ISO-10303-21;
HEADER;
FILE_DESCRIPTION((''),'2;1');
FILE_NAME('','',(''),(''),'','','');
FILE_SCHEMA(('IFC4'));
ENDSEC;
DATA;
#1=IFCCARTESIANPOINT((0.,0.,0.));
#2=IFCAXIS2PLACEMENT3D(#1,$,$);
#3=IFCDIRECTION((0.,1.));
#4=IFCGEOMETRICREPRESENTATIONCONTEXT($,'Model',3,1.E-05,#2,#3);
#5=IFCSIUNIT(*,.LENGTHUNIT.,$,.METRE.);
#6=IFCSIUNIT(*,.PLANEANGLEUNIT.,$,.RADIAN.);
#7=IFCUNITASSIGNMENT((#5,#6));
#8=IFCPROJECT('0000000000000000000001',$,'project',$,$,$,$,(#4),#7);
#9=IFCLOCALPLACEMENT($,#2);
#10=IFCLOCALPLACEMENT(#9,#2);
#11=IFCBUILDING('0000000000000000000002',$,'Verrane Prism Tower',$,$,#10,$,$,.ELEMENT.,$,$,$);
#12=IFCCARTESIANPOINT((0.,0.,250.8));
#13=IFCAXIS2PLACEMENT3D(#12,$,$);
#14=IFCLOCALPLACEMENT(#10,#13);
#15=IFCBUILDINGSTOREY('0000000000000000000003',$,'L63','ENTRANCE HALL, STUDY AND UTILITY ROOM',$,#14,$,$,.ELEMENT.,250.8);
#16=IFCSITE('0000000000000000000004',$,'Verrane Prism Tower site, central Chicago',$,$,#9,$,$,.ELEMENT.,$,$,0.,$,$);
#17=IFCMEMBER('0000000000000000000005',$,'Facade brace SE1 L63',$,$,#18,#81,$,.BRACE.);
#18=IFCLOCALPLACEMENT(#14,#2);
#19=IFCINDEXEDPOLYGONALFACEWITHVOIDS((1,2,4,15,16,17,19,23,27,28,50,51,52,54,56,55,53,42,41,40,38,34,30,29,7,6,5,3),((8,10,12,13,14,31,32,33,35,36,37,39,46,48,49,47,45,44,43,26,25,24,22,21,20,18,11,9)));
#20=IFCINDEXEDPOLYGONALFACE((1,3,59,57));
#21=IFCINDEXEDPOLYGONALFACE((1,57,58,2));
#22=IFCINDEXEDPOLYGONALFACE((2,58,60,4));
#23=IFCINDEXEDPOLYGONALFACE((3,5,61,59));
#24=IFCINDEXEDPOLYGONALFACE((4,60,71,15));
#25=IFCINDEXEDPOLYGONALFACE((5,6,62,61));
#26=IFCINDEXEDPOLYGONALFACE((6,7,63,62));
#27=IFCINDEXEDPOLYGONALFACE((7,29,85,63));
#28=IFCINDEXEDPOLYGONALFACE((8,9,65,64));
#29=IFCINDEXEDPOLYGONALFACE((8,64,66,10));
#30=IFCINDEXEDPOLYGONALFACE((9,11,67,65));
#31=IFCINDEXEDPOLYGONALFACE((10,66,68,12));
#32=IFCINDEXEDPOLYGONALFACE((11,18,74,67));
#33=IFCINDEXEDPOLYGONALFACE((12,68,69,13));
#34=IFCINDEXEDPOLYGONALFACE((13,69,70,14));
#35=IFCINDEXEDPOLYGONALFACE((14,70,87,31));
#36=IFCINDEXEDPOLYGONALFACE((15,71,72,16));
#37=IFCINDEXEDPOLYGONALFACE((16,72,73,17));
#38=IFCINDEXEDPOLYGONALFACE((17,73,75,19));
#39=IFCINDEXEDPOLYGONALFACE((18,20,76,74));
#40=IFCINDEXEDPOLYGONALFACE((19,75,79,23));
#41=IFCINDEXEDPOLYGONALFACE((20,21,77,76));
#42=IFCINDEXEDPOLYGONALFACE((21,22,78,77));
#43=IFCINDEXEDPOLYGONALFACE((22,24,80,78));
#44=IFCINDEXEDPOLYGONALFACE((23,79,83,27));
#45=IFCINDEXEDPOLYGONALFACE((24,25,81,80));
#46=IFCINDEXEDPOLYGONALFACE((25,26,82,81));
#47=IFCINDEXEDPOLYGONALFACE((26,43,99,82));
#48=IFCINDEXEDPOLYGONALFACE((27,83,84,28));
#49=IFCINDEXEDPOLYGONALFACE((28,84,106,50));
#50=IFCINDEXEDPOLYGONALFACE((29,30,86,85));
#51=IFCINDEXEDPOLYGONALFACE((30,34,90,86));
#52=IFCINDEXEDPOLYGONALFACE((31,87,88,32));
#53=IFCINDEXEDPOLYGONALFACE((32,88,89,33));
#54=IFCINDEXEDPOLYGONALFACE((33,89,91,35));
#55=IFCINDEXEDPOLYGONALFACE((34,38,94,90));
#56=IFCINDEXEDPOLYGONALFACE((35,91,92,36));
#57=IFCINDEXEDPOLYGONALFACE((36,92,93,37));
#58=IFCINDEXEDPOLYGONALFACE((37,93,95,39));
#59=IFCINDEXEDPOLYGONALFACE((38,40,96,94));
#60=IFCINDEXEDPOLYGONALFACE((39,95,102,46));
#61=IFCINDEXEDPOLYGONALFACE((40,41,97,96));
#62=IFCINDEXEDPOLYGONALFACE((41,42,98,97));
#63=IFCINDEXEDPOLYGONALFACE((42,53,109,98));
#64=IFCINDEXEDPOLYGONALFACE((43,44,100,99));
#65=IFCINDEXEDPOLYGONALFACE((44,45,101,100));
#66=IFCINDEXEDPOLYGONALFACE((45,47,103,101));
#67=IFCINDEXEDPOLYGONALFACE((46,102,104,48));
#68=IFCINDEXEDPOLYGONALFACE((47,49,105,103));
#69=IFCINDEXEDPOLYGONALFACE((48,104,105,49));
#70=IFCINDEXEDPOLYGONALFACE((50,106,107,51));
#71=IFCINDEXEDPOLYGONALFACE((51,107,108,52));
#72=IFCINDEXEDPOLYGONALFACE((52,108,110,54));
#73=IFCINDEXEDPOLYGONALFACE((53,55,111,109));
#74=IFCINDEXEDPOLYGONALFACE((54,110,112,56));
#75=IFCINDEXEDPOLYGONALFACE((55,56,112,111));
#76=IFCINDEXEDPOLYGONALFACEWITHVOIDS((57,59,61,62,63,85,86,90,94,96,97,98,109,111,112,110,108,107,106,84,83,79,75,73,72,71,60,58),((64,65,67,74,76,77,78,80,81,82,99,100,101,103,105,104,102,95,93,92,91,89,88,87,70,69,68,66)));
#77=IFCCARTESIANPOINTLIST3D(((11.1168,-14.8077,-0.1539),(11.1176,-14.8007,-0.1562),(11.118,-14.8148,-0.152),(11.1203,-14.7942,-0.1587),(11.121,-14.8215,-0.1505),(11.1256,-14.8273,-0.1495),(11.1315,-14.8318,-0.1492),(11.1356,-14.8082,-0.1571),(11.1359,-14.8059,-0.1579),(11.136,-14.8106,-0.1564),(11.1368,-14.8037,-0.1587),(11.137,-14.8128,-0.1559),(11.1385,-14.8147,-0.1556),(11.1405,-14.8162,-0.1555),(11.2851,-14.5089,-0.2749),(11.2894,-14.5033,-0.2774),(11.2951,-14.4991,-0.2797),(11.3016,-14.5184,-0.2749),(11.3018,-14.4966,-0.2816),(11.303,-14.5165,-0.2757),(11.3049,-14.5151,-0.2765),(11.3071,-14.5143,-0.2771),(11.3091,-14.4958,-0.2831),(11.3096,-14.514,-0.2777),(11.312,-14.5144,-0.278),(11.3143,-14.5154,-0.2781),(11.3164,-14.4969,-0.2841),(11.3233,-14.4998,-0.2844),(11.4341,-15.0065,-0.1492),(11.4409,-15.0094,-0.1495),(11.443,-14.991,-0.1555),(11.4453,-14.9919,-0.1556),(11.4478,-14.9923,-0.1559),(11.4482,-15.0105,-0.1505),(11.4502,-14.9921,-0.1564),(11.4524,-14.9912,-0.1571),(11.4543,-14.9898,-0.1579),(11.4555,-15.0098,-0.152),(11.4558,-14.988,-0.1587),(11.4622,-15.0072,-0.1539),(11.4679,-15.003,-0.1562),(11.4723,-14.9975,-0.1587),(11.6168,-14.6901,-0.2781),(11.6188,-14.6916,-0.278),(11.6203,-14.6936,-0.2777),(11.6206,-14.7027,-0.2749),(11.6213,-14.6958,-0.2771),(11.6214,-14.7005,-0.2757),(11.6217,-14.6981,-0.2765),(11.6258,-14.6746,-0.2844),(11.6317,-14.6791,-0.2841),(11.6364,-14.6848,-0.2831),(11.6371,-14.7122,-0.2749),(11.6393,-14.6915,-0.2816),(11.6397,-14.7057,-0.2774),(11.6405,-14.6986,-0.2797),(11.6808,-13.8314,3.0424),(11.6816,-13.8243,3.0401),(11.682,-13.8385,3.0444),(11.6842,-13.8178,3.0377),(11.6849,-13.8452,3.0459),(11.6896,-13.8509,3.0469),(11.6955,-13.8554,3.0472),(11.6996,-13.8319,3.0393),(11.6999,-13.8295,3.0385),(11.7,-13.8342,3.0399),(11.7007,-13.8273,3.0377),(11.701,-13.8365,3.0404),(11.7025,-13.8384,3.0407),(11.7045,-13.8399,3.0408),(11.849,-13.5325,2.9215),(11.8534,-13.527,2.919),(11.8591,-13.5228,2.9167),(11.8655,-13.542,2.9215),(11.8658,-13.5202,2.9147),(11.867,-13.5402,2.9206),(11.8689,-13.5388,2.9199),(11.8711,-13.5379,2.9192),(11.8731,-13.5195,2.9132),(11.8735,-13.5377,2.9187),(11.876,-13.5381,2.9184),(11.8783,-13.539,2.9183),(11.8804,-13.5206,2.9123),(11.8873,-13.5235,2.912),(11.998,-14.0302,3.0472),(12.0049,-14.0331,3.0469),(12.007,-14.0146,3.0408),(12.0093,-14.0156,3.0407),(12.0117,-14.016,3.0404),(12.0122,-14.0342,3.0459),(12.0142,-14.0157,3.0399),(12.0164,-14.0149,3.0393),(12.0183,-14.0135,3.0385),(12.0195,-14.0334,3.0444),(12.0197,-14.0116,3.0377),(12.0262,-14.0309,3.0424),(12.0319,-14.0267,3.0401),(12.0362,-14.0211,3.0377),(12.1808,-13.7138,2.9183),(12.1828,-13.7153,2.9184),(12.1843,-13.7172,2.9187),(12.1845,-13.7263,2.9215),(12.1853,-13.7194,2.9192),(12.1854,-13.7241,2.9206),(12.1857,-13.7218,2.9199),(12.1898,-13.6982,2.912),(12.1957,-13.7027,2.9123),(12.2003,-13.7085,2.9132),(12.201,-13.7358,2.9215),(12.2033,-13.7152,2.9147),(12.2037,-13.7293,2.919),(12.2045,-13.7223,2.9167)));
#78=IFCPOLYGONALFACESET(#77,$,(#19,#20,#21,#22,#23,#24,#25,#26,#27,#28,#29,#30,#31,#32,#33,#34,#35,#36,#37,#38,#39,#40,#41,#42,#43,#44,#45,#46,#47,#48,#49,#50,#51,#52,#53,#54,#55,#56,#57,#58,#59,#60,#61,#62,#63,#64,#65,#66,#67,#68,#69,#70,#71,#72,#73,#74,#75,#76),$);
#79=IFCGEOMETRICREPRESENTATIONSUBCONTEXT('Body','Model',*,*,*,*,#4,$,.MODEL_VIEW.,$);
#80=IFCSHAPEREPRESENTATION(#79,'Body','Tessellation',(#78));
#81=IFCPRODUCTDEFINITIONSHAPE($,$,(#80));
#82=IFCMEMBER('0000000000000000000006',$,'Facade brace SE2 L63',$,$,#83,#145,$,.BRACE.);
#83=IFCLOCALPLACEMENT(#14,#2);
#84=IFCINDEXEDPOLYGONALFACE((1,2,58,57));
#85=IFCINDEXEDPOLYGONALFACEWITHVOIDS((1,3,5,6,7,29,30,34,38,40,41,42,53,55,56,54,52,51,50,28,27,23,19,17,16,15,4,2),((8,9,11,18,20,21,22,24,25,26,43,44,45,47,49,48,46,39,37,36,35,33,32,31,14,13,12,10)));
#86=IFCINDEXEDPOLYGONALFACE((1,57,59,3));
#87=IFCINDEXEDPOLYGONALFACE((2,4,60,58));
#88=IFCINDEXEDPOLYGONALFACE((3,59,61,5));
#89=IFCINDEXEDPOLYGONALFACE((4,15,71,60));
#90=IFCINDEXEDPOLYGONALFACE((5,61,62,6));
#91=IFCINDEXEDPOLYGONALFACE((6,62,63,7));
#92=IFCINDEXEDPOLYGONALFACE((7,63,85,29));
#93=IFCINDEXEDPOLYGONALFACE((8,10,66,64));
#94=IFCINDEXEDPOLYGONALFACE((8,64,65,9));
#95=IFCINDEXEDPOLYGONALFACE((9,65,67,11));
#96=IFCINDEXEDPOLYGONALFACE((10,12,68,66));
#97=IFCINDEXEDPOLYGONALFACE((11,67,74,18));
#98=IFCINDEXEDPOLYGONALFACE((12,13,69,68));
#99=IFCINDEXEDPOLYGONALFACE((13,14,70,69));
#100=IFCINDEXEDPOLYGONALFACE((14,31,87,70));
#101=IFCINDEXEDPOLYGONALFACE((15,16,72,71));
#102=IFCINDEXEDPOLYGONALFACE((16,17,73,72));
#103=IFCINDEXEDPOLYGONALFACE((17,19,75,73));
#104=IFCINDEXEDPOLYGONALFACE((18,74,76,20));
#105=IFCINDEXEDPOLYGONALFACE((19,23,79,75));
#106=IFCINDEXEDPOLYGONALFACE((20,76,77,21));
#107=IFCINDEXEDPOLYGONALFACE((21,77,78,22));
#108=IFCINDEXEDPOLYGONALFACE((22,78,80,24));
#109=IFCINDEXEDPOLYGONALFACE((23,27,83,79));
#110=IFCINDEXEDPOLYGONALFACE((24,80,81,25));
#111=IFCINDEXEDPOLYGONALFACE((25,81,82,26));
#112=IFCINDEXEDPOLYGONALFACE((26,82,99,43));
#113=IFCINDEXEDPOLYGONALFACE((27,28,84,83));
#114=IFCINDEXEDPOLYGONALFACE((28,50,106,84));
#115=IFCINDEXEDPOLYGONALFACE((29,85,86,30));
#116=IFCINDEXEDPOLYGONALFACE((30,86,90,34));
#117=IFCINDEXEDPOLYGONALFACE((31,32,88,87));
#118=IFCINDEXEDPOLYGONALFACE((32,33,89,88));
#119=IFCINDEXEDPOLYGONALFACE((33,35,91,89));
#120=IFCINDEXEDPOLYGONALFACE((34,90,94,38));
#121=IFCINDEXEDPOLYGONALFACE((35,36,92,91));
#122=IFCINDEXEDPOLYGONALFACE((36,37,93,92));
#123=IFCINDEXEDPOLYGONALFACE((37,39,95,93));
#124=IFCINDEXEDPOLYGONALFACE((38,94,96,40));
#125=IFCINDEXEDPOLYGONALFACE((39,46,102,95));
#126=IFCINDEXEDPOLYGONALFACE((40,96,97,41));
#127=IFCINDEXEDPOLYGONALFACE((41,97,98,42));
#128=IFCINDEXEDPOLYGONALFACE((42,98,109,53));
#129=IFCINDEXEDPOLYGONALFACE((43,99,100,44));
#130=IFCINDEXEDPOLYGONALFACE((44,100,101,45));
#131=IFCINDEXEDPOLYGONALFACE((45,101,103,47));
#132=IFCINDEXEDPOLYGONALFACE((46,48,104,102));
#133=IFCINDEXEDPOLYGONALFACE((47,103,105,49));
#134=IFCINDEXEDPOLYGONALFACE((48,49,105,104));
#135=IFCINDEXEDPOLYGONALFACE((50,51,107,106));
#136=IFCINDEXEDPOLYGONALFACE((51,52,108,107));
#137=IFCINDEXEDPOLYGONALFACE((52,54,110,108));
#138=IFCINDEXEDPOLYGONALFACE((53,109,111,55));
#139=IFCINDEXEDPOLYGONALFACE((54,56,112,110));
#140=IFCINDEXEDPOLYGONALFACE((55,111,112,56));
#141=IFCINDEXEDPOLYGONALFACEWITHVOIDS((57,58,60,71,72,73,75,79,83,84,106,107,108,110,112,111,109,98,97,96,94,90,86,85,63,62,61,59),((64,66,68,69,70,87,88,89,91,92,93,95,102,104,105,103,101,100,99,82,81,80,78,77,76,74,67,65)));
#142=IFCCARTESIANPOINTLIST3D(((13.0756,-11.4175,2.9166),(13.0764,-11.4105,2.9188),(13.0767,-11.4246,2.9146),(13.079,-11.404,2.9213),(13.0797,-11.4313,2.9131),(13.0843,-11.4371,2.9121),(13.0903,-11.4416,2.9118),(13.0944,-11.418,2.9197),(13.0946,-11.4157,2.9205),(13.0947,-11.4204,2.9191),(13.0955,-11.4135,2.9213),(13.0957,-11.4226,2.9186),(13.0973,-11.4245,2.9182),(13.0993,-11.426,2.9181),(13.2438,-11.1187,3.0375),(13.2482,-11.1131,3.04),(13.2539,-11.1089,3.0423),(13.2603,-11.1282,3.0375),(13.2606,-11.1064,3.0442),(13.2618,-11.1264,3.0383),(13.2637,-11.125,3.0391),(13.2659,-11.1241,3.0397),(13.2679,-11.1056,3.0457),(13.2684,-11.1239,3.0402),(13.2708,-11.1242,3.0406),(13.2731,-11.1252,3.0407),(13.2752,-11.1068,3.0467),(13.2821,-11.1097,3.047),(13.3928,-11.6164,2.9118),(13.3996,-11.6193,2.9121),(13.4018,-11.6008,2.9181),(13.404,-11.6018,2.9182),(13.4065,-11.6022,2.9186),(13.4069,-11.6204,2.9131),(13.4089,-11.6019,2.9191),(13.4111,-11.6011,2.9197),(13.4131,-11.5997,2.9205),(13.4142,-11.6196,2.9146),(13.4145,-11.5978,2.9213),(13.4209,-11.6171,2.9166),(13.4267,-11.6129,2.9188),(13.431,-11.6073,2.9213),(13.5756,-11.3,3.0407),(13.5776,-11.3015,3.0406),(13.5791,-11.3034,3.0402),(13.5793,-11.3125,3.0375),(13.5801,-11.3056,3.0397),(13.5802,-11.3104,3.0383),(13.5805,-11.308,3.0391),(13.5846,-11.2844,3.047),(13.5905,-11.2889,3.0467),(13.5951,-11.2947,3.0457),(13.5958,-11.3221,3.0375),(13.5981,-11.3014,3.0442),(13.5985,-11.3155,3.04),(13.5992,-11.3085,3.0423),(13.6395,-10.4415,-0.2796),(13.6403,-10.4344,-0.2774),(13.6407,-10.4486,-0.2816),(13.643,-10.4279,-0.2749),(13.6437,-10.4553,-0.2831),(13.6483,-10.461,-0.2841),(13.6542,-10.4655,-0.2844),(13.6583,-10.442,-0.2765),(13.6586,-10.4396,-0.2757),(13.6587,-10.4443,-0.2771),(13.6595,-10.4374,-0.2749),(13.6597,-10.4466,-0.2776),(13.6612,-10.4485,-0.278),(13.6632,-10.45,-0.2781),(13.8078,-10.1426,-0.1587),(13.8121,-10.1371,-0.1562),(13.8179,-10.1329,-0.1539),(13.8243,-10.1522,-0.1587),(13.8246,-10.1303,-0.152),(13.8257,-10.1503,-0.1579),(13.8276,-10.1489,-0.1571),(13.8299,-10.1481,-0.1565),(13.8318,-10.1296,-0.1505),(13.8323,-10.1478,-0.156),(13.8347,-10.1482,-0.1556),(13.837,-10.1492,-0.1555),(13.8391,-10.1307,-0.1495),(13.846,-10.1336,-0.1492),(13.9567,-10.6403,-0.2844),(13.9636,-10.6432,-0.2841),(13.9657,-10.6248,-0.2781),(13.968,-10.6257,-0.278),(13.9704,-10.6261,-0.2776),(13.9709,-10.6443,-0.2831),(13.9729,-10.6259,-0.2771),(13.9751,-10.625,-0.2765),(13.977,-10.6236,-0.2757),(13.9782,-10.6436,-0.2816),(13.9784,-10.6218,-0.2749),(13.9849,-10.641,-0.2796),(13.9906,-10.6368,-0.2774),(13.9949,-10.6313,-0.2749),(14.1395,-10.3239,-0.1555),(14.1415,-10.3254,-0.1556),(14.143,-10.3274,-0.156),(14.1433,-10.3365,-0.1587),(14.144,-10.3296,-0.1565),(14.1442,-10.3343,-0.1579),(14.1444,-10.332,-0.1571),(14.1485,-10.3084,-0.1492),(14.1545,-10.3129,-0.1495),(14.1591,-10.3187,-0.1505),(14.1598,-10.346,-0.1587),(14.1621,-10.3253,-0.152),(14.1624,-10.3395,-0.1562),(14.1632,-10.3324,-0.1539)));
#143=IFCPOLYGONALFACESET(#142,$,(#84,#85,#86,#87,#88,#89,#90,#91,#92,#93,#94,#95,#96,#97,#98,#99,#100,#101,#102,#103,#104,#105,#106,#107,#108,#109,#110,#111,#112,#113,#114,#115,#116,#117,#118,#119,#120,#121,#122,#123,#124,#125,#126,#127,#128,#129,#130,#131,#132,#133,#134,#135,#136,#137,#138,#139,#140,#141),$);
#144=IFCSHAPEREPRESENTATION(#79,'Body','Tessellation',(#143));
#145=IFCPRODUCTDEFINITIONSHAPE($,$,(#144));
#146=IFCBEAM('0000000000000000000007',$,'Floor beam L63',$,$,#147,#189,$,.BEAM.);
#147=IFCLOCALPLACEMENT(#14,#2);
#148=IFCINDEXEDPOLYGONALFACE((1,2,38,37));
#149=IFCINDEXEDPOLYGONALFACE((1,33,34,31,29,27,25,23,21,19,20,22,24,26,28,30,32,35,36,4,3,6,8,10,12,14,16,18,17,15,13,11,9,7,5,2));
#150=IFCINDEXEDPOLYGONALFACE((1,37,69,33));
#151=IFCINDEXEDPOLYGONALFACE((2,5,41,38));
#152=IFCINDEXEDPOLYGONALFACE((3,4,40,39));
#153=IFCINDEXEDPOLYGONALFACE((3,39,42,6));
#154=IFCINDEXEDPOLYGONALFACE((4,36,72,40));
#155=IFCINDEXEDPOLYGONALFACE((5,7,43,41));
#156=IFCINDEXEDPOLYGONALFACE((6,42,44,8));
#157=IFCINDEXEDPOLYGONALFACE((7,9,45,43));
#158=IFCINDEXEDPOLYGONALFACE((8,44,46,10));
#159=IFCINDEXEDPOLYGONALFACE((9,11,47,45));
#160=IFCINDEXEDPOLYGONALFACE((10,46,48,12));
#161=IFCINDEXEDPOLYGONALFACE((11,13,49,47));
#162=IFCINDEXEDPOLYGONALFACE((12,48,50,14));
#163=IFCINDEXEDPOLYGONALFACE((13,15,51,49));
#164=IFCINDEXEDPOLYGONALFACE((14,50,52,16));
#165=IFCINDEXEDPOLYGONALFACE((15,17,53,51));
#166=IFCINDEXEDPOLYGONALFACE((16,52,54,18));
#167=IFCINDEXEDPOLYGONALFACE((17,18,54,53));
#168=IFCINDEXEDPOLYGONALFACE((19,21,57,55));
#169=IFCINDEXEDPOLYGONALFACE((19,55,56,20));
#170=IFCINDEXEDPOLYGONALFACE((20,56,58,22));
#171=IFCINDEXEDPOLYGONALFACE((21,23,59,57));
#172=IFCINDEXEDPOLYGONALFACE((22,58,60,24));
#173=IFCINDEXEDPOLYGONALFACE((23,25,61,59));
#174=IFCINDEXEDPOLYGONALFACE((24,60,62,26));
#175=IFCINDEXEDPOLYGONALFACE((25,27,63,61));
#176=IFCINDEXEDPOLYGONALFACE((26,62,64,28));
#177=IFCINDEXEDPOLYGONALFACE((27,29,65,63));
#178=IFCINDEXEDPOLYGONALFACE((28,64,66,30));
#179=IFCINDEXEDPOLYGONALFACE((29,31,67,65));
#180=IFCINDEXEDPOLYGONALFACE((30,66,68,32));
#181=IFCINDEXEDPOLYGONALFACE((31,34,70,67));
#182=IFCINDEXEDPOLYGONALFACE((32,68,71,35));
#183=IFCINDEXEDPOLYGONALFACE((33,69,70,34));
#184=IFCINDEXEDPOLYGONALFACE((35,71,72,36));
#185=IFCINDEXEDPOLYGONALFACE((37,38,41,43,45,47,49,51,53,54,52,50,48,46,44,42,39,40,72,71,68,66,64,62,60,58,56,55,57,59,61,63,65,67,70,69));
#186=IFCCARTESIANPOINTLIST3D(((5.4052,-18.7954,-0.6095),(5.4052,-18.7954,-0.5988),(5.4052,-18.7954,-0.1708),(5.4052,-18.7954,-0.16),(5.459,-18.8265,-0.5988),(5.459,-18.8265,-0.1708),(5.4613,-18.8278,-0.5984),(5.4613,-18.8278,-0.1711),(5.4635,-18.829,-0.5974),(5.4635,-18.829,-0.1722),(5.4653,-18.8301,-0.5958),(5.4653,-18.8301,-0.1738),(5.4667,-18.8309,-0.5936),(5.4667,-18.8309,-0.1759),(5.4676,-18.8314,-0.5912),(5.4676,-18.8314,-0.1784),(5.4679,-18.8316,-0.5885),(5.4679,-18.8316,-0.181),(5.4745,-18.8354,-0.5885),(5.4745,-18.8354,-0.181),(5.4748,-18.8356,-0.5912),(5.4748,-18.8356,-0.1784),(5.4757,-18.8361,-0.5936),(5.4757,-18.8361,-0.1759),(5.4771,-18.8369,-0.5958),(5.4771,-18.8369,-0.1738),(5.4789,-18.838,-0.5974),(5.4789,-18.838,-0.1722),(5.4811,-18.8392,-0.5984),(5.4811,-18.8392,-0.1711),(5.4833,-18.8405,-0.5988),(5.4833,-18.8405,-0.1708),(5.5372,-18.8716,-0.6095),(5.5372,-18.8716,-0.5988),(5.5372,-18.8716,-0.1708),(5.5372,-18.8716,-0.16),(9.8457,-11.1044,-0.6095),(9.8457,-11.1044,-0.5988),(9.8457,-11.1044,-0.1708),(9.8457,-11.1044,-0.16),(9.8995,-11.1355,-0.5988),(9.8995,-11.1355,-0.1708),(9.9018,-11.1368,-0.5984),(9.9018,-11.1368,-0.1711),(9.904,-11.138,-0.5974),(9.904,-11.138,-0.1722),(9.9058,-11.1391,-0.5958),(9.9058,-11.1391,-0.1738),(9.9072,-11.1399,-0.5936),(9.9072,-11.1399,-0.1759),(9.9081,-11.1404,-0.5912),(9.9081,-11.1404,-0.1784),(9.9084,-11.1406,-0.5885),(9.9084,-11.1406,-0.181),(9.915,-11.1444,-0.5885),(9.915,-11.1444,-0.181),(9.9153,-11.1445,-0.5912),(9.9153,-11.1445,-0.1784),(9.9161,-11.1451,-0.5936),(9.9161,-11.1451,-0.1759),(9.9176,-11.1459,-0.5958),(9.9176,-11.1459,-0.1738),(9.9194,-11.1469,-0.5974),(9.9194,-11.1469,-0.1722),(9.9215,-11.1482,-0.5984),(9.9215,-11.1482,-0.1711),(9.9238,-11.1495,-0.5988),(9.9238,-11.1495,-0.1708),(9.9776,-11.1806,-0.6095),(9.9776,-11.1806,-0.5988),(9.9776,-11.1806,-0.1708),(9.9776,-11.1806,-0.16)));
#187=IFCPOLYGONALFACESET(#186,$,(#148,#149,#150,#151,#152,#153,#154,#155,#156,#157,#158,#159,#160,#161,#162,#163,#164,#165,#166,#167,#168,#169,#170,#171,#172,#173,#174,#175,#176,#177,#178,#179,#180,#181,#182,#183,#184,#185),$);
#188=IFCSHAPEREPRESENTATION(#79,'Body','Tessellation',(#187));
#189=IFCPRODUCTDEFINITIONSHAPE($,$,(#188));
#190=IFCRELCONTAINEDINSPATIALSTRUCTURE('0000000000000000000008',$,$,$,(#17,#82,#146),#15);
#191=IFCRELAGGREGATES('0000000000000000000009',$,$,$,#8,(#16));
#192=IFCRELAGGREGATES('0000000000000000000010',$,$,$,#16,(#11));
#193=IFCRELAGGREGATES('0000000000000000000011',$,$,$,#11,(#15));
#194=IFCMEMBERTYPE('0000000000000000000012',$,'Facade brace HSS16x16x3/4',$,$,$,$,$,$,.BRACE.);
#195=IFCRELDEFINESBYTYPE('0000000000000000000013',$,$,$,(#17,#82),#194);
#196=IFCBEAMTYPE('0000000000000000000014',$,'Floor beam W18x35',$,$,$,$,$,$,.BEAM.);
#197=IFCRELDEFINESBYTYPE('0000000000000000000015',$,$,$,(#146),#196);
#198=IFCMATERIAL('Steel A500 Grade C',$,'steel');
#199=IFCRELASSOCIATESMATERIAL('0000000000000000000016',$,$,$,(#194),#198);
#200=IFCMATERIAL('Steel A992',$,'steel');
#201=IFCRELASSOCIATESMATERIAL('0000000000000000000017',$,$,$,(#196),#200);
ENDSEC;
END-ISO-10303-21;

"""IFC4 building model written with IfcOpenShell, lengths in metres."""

from ifc_helpers import new_model, si_unit, direction, frame, origin, origin_2d, place, context, subcontext, project, spatial, hollow_rectangle, i_section, extrude, material, material_profile, profile_set, type_object, element, save


model = new_model("IFC4")

# Units and contexts
model_context = context("Model", 3, precision=1e-05, world=origin(), true_north=direction((0.0, 1.0)))
body_context = subcontext(model_context, "Body", "Model", "MODEL_VIEW")
ifc_project = project(units=[si_unit("LENGTHUNIT", "METRE"), si_unit("PLANEANGLEUNIT", "RADIAN")], contexts=[model_context])

# Site, building, storey
site_placement = place(None, origin())
site = spatial("IfcSite", under=ifc_project, at=site_placement, Name="Verrane Prism Tower site, central Chicago", CompositionType="ELEMENT", RefElevation=0.0)
building_placement = place(site_placement, origin())
building = spatial("IfcBuilding", under=site, at=building_placement, Name="Verrane Prism Tower", CompositionType="ELEMENT")
storey_placement = place(building_placement, frame((0.0, 0.0, 250.8)))
storey = spatial("IfcBuildingStorey", under=building, at=storey_placement, Name="L63", Description="ENTRANCE HALL, STUDY AND UTILITY ROOM", CompositionType="ELEMENT", Elevation=250.8)

# Members
ifc_material_1 = material(Name="Steel A500 Grade C", Category="steel")
ifc_material_profile_1 = material_profile(ifc_material_1, hollow_rectangle(XDim=0.4065, YDim=0.4065, WallThickness=0.019, InnerFilletRadius=0.0095, OuterFilletRadius=0.0286, at=origin_2d()), Name="HSS16x16x3/4")
ifc_profile_set_1 = profile_set([ifc_material_profile_1], Name="Steel A500 Grade C")
member_type_1 = type_object("IfcMemberType", Name="Facade brace HSS16x16x3/4", PredefinedType="BRACE", material=ifc_profile_set_1)
member_1_placement = place(storey_placement, frame((11.3787, -14.7532, -0.2168), z_axis=(0.166394, 0.288057, 0.943046), x_axis=(-0.865915, 0.500191, 0.0)))
element("IfcMember", 1, at=member_1_placement, inside=storey, type_object=member_type_1, Name="Facade brace SE1 L63", PredefinedType="BRACE", context=body_context, shape_type="SweptSolid", body=[
    extrude(hollow_rectangle(XDim=0.4065, YDim=0.4065, WallThickness=0.019, InnerFilletRadius=0.0095, OuterFilletRadius=0.0286, at=origin_2d()), origin(), (0.0, 0.0, 1.0), 3.3894),
])
member_2_placement = place(storey_placement, frame((13.9014, -10.387, -0.2168), z_axis=(-0.166398, -0.287991, 0.943066), x_axis=(0.865861, -0.500285, 0.0)))
element("IfcMember", 2, at=member_2_placement, inside=storey, type_object=member_type_1, Name="Facade brace SE2 L63", PredefinedType="BRACE", context=body_context, shape_type="SweptSolid", body=[
    extrude(hollow_rectangle(XDim=0.4065, YDim=0.4065, WallThickness=0.019, InnerFilletRadius=0.0095, OuterFilletRadius=0.0286, at=origin_2d()), origin(), (0.0, 0.0, 1.0), 3.3892),
])

# Beam
ifc_material_2 = material(Name="Steel A992", Category="steel")
ifc_material_profile_2 = material_profile(ifc_material_2, i_section(OverallWidth=0.1523, OverallDepth=0.4495, WebThickness=0.0076, FlangeThickness=0.0107, FilletRadius=0.0103, at=origin_2d()), Name="W18x35")
ifc_profile_set_2 = profile_set([ifc_material_profile_2], Name="Steel A992")
beam_type_1 = type_object("IfcBeamType", Name="Floor beam W18x35", PredefinedType="BEAM", material=ifc_profile_set_2)
beam_1_placement = place(storey_placement, frame((5.4712, -18.8335, -0.3848), z_axis=(0.500006, 0.866022, 0.0), x_axis=(-0.866022, 0.500006, 0.0)))
element("IfcBeam", 3, at=beam_1_placement, inside=storey, type_object=beam_type_1, Name="Floor beam L63", PredefinedType="BEAM", context=body_context, shape_type="SweptSolid", body=[
    extrude(i_section(OverallWidth=0.1523, OverallDepth=0.4495, WebThickness=0.0076, FlangeThickness=0.0107, FilletRadius=0.0103, at=origin_2d()), origin(), (0.0, 0.0, 1.0), 8.8809),
])

save(model, "model.ifc")
